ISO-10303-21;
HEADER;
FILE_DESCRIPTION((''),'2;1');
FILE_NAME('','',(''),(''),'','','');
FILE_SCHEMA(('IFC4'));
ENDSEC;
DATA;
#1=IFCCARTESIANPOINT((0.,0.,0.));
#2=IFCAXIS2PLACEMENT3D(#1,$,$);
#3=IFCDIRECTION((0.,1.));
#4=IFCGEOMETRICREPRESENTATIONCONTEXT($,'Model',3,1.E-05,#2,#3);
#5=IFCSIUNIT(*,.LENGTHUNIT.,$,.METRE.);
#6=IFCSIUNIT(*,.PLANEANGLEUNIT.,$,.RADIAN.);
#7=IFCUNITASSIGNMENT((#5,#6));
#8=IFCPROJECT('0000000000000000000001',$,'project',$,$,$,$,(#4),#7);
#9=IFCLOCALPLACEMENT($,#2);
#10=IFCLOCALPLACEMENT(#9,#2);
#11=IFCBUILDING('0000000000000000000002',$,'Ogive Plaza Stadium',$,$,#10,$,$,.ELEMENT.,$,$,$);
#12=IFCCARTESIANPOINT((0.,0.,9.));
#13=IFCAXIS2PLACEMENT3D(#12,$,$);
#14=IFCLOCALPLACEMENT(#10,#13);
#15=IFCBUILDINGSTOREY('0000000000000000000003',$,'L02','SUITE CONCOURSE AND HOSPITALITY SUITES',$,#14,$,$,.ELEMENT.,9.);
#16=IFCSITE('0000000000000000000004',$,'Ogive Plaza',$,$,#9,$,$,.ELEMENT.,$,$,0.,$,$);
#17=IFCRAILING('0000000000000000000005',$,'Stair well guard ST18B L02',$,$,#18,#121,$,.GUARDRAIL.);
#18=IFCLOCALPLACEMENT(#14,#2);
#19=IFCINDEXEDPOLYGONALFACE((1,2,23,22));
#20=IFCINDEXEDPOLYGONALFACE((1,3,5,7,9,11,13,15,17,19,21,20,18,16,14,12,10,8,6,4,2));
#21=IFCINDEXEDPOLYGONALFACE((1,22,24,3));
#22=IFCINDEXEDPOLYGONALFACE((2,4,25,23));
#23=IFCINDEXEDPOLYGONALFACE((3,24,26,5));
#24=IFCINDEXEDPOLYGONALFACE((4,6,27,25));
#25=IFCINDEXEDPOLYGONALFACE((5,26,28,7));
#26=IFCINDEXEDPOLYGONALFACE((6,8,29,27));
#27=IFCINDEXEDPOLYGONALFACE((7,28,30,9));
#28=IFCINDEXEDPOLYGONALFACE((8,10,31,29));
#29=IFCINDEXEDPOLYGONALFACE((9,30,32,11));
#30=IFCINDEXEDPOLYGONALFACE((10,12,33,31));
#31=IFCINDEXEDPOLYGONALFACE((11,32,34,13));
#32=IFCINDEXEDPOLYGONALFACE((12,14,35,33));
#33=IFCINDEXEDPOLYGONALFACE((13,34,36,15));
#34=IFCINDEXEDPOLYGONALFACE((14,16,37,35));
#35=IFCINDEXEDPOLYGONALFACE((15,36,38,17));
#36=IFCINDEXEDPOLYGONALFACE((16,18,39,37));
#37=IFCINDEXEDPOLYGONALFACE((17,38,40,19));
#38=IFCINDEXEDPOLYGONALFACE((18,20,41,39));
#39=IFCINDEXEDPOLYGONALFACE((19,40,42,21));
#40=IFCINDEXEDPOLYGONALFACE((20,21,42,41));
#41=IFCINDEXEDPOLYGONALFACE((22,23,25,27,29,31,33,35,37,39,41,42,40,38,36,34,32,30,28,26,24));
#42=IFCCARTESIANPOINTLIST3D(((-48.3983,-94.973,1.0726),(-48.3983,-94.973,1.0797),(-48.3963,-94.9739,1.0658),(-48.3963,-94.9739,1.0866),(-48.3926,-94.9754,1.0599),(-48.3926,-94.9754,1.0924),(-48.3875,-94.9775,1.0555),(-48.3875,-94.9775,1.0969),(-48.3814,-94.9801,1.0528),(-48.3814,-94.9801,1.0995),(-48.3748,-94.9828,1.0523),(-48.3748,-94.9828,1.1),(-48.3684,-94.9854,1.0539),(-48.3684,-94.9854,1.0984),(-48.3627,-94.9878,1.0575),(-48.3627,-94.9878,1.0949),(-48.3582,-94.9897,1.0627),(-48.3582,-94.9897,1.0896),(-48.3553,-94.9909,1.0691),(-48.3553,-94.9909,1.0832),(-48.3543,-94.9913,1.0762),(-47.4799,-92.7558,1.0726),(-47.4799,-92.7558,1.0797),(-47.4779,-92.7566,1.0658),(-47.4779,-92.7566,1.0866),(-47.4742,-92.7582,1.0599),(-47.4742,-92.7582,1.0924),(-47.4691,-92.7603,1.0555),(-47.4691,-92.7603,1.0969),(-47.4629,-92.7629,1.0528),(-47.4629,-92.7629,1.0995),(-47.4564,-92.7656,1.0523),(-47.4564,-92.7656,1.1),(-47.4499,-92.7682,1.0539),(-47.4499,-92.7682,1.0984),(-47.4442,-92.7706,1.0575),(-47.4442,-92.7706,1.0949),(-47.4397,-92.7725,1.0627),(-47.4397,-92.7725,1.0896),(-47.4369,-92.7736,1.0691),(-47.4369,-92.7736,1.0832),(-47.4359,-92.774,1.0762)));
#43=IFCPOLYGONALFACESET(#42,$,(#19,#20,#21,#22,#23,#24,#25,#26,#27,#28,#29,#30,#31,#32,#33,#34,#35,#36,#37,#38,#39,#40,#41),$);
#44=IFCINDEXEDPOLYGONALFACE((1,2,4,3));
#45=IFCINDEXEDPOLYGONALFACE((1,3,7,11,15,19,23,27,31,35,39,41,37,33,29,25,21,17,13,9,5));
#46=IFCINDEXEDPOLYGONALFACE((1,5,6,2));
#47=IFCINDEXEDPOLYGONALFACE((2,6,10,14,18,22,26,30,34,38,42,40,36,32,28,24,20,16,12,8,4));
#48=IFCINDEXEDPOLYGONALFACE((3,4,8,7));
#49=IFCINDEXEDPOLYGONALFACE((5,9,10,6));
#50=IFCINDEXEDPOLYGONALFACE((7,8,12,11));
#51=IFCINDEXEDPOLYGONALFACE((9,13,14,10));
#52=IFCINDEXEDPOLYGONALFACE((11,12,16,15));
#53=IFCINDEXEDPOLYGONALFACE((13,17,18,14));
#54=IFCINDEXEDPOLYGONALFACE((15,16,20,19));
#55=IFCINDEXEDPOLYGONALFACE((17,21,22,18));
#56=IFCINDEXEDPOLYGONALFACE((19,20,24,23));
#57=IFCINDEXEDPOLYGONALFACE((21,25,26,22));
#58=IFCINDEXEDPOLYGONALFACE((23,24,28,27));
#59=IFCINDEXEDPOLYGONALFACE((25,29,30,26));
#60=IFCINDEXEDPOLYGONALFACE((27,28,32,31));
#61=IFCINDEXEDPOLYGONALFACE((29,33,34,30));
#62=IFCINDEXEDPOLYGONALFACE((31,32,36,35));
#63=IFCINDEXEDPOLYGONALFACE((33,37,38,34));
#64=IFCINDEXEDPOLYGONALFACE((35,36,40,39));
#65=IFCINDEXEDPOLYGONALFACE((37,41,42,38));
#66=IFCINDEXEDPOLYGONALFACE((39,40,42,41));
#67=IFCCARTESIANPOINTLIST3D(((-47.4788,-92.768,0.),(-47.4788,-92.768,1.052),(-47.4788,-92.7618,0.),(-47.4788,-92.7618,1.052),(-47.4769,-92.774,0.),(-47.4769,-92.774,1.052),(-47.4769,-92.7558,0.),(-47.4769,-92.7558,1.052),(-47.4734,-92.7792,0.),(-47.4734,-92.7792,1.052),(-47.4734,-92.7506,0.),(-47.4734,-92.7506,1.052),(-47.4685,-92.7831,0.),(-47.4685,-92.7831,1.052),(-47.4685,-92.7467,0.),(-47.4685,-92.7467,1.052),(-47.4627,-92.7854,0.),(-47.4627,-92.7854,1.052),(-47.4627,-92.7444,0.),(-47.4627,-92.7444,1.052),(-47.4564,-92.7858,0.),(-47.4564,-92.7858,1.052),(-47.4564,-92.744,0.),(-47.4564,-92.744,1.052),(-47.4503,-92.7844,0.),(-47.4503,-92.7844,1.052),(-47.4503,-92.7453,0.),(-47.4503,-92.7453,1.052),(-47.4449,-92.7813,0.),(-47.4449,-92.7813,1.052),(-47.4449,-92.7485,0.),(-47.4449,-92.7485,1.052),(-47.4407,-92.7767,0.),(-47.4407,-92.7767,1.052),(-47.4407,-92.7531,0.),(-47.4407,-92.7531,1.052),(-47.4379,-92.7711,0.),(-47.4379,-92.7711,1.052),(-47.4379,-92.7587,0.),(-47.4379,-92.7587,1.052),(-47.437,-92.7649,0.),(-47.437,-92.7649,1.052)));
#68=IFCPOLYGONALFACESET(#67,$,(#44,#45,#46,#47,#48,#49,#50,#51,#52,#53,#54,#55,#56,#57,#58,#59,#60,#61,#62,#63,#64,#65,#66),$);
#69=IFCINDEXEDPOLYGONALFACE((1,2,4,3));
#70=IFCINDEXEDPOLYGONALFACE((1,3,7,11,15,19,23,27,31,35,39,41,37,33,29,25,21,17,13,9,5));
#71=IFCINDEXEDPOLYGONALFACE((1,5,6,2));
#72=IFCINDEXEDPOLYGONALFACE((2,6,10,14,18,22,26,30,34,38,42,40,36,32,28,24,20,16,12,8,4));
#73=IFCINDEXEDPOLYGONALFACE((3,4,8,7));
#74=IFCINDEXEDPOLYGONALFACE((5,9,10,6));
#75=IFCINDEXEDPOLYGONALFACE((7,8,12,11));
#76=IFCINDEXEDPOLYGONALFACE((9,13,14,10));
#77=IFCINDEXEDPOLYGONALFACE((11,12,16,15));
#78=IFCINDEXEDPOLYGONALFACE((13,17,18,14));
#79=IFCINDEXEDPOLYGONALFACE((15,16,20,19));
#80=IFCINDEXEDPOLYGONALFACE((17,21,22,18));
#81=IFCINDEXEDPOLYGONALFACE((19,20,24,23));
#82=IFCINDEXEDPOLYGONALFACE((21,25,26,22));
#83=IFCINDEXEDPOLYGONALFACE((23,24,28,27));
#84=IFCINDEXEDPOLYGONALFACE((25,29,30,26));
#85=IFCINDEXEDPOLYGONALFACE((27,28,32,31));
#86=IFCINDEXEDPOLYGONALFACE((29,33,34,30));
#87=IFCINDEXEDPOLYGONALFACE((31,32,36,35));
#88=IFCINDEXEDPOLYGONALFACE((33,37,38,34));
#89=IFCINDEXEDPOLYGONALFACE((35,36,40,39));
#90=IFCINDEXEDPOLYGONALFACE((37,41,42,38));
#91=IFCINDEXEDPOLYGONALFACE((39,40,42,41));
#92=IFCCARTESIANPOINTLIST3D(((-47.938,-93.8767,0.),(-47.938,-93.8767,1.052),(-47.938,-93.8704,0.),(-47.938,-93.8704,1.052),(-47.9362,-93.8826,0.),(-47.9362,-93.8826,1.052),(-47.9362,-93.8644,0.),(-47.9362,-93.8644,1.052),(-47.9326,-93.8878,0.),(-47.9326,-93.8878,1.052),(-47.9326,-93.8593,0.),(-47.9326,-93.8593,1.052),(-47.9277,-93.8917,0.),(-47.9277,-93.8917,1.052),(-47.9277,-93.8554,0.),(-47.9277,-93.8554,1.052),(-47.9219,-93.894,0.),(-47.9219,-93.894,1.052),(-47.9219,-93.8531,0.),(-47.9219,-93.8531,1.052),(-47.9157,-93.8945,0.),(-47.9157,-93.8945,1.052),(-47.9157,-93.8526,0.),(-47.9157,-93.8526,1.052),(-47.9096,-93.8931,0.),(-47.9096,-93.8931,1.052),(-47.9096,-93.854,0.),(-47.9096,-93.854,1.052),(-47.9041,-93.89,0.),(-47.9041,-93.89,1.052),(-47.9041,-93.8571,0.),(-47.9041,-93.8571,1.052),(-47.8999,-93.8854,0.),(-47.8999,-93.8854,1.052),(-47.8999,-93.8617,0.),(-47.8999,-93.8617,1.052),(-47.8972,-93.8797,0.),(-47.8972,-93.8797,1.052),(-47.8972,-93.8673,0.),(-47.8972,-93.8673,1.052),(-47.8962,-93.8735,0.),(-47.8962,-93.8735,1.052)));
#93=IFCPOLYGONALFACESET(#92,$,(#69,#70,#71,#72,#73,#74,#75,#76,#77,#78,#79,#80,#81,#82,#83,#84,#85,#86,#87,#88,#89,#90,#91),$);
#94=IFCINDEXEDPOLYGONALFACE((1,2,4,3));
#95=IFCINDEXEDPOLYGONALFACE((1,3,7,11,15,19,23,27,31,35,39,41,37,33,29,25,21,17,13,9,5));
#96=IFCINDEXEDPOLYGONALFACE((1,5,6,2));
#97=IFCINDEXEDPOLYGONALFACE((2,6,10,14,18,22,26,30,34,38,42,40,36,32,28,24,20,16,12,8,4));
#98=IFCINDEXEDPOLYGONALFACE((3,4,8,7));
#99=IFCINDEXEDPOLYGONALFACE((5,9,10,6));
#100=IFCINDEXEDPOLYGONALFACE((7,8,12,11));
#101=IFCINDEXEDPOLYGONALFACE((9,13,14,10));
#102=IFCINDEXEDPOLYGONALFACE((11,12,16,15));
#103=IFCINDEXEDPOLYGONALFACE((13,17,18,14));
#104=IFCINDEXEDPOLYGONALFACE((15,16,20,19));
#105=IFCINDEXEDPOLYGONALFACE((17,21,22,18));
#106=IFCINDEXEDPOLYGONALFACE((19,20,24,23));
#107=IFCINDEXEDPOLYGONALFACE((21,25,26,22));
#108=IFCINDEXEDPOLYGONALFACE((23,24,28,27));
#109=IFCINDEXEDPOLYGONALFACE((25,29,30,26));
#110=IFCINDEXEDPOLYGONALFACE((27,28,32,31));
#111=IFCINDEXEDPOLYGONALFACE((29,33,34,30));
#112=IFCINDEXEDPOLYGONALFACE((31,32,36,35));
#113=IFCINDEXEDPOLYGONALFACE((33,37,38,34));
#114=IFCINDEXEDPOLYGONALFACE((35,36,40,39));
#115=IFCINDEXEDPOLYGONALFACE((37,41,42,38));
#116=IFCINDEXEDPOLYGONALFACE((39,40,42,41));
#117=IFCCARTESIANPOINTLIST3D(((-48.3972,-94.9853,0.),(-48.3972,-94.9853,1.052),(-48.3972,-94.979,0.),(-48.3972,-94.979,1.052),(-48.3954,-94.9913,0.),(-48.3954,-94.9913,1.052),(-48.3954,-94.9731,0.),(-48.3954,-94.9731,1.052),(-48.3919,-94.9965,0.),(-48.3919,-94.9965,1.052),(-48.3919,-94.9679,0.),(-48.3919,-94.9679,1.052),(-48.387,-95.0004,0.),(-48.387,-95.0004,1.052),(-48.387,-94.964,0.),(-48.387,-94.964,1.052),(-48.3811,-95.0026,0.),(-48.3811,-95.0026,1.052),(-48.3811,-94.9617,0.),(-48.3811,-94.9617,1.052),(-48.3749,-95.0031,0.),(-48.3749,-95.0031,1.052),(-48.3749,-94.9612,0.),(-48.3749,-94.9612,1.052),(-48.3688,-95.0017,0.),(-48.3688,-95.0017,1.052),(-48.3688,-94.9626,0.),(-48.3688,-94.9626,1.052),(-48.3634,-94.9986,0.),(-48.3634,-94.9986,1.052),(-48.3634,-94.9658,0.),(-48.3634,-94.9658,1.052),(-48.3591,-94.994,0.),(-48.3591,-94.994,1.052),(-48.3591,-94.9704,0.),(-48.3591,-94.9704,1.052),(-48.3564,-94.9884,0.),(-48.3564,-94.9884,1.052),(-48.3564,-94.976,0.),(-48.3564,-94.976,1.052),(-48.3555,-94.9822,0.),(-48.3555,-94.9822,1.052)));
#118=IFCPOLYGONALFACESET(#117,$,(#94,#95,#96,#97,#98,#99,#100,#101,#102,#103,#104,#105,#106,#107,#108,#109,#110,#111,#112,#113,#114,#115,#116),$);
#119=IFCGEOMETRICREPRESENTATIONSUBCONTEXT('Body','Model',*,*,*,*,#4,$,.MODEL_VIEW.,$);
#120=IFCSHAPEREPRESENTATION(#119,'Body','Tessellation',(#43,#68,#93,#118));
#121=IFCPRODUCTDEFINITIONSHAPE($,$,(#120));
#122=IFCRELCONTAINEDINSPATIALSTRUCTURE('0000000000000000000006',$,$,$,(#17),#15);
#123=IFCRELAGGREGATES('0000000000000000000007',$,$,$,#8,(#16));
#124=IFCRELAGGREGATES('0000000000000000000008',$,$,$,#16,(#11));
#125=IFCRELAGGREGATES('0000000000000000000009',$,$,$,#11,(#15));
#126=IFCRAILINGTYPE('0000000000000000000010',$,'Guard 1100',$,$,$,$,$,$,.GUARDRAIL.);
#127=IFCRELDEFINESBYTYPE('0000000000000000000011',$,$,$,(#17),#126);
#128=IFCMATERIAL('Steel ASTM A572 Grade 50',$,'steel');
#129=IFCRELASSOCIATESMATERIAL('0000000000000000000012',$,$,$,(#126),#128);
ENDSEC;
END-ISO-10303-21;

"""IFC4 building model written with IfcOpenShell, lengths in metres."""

from ifc_helpers import new_model, si_unit, direction, frame, origin, origin_2d, place, context, subcontext, project, spatial, circle, extrude, material, type_object, element, save


model = new_model("IFC4")

# Units and contexts
model_context = context("Model", 3, precision=1e-05, world=origin(), true_north=direction((0.0, 1.0)))
body_context = subcontext(model_context, "Body", "Model", "MODEL_VIEW")
ifc_project = project(units=[si_unit("LENGTHUNIT", "METRE"), si_unit("PLANEANGLEUNIT", "RADIAN")], contexts=[model_context])

# Site, building, storey
site_placement = place(None, origin())
site = spatial("IfcSite", under=ifc_project, at=site_placement, Name="Ogive Plaza", CompositionType="ELEMENT", RefElevation=0.0)
building_placement = place(site_placement, origin())
building = spatial("IfcBuilding", under=site, at=building_placement, Name="Ogive Plaza Stadium", CompositionType="ELEMENT")
storey_placement = place(building_placement, frame((0.0, 0.0, 9.0)))
storey = spatial("IfcBuildingStorey", under=building, at=storey_placement, Name="L02", Description="SUITE CONCOURSE AND HOSPITALITY SUITES", CompositionType="ELEMENT", Elevation=9.0)

# Railing
ifc_material_1 = material(Name="Steel ASTM A572 Grade 50", Category="steel")
railing_type_1 = type_object("IfcRailingType", Name="Guard 1100", PredefinedType="GUARDRAIL", material=ifc_material_1)
for number, where, name in (
    (1, (-47.458, -92.7649, 0.0), "Stair well guard ST18B L02"),
):
    element("IfcRailing", number, at=place(storey_placement, frame(where)), inside=storey, type_object=railing_type_1, Name=name, PredefinedType="GUARDRAIL", context=body_context, shape_type="SweptSolid", body=[
        extrude(circle(Radius=0.0239, at=origin_2d()), frame((0.0, 0.0, 1.0762), z_axis=(-0.382693, -0.923875, 0.0), x_axis=(0.923875, -0.382693, 0.0)), (0.0, 0.0, 1.0), 2.3999),
        extrude(circle(Radius=0.021, at=origin_2d()), origin(), (0.0, 0.0, 1.0), 1.052),
        extrude(circle(Radius=0.021, at=origin_2d()), frame((-0.4592, -1.1086, 0.0)), (0.0, 0.0, 1.0), 1.052),
        extrude(circle(Radius=0.021, at=origin_2d()), frame((-0.9185, -2.2173, 0.0)), (0.0, 0.0, 1.0), 1.052),
    ])

save(model, "model.ifc")
